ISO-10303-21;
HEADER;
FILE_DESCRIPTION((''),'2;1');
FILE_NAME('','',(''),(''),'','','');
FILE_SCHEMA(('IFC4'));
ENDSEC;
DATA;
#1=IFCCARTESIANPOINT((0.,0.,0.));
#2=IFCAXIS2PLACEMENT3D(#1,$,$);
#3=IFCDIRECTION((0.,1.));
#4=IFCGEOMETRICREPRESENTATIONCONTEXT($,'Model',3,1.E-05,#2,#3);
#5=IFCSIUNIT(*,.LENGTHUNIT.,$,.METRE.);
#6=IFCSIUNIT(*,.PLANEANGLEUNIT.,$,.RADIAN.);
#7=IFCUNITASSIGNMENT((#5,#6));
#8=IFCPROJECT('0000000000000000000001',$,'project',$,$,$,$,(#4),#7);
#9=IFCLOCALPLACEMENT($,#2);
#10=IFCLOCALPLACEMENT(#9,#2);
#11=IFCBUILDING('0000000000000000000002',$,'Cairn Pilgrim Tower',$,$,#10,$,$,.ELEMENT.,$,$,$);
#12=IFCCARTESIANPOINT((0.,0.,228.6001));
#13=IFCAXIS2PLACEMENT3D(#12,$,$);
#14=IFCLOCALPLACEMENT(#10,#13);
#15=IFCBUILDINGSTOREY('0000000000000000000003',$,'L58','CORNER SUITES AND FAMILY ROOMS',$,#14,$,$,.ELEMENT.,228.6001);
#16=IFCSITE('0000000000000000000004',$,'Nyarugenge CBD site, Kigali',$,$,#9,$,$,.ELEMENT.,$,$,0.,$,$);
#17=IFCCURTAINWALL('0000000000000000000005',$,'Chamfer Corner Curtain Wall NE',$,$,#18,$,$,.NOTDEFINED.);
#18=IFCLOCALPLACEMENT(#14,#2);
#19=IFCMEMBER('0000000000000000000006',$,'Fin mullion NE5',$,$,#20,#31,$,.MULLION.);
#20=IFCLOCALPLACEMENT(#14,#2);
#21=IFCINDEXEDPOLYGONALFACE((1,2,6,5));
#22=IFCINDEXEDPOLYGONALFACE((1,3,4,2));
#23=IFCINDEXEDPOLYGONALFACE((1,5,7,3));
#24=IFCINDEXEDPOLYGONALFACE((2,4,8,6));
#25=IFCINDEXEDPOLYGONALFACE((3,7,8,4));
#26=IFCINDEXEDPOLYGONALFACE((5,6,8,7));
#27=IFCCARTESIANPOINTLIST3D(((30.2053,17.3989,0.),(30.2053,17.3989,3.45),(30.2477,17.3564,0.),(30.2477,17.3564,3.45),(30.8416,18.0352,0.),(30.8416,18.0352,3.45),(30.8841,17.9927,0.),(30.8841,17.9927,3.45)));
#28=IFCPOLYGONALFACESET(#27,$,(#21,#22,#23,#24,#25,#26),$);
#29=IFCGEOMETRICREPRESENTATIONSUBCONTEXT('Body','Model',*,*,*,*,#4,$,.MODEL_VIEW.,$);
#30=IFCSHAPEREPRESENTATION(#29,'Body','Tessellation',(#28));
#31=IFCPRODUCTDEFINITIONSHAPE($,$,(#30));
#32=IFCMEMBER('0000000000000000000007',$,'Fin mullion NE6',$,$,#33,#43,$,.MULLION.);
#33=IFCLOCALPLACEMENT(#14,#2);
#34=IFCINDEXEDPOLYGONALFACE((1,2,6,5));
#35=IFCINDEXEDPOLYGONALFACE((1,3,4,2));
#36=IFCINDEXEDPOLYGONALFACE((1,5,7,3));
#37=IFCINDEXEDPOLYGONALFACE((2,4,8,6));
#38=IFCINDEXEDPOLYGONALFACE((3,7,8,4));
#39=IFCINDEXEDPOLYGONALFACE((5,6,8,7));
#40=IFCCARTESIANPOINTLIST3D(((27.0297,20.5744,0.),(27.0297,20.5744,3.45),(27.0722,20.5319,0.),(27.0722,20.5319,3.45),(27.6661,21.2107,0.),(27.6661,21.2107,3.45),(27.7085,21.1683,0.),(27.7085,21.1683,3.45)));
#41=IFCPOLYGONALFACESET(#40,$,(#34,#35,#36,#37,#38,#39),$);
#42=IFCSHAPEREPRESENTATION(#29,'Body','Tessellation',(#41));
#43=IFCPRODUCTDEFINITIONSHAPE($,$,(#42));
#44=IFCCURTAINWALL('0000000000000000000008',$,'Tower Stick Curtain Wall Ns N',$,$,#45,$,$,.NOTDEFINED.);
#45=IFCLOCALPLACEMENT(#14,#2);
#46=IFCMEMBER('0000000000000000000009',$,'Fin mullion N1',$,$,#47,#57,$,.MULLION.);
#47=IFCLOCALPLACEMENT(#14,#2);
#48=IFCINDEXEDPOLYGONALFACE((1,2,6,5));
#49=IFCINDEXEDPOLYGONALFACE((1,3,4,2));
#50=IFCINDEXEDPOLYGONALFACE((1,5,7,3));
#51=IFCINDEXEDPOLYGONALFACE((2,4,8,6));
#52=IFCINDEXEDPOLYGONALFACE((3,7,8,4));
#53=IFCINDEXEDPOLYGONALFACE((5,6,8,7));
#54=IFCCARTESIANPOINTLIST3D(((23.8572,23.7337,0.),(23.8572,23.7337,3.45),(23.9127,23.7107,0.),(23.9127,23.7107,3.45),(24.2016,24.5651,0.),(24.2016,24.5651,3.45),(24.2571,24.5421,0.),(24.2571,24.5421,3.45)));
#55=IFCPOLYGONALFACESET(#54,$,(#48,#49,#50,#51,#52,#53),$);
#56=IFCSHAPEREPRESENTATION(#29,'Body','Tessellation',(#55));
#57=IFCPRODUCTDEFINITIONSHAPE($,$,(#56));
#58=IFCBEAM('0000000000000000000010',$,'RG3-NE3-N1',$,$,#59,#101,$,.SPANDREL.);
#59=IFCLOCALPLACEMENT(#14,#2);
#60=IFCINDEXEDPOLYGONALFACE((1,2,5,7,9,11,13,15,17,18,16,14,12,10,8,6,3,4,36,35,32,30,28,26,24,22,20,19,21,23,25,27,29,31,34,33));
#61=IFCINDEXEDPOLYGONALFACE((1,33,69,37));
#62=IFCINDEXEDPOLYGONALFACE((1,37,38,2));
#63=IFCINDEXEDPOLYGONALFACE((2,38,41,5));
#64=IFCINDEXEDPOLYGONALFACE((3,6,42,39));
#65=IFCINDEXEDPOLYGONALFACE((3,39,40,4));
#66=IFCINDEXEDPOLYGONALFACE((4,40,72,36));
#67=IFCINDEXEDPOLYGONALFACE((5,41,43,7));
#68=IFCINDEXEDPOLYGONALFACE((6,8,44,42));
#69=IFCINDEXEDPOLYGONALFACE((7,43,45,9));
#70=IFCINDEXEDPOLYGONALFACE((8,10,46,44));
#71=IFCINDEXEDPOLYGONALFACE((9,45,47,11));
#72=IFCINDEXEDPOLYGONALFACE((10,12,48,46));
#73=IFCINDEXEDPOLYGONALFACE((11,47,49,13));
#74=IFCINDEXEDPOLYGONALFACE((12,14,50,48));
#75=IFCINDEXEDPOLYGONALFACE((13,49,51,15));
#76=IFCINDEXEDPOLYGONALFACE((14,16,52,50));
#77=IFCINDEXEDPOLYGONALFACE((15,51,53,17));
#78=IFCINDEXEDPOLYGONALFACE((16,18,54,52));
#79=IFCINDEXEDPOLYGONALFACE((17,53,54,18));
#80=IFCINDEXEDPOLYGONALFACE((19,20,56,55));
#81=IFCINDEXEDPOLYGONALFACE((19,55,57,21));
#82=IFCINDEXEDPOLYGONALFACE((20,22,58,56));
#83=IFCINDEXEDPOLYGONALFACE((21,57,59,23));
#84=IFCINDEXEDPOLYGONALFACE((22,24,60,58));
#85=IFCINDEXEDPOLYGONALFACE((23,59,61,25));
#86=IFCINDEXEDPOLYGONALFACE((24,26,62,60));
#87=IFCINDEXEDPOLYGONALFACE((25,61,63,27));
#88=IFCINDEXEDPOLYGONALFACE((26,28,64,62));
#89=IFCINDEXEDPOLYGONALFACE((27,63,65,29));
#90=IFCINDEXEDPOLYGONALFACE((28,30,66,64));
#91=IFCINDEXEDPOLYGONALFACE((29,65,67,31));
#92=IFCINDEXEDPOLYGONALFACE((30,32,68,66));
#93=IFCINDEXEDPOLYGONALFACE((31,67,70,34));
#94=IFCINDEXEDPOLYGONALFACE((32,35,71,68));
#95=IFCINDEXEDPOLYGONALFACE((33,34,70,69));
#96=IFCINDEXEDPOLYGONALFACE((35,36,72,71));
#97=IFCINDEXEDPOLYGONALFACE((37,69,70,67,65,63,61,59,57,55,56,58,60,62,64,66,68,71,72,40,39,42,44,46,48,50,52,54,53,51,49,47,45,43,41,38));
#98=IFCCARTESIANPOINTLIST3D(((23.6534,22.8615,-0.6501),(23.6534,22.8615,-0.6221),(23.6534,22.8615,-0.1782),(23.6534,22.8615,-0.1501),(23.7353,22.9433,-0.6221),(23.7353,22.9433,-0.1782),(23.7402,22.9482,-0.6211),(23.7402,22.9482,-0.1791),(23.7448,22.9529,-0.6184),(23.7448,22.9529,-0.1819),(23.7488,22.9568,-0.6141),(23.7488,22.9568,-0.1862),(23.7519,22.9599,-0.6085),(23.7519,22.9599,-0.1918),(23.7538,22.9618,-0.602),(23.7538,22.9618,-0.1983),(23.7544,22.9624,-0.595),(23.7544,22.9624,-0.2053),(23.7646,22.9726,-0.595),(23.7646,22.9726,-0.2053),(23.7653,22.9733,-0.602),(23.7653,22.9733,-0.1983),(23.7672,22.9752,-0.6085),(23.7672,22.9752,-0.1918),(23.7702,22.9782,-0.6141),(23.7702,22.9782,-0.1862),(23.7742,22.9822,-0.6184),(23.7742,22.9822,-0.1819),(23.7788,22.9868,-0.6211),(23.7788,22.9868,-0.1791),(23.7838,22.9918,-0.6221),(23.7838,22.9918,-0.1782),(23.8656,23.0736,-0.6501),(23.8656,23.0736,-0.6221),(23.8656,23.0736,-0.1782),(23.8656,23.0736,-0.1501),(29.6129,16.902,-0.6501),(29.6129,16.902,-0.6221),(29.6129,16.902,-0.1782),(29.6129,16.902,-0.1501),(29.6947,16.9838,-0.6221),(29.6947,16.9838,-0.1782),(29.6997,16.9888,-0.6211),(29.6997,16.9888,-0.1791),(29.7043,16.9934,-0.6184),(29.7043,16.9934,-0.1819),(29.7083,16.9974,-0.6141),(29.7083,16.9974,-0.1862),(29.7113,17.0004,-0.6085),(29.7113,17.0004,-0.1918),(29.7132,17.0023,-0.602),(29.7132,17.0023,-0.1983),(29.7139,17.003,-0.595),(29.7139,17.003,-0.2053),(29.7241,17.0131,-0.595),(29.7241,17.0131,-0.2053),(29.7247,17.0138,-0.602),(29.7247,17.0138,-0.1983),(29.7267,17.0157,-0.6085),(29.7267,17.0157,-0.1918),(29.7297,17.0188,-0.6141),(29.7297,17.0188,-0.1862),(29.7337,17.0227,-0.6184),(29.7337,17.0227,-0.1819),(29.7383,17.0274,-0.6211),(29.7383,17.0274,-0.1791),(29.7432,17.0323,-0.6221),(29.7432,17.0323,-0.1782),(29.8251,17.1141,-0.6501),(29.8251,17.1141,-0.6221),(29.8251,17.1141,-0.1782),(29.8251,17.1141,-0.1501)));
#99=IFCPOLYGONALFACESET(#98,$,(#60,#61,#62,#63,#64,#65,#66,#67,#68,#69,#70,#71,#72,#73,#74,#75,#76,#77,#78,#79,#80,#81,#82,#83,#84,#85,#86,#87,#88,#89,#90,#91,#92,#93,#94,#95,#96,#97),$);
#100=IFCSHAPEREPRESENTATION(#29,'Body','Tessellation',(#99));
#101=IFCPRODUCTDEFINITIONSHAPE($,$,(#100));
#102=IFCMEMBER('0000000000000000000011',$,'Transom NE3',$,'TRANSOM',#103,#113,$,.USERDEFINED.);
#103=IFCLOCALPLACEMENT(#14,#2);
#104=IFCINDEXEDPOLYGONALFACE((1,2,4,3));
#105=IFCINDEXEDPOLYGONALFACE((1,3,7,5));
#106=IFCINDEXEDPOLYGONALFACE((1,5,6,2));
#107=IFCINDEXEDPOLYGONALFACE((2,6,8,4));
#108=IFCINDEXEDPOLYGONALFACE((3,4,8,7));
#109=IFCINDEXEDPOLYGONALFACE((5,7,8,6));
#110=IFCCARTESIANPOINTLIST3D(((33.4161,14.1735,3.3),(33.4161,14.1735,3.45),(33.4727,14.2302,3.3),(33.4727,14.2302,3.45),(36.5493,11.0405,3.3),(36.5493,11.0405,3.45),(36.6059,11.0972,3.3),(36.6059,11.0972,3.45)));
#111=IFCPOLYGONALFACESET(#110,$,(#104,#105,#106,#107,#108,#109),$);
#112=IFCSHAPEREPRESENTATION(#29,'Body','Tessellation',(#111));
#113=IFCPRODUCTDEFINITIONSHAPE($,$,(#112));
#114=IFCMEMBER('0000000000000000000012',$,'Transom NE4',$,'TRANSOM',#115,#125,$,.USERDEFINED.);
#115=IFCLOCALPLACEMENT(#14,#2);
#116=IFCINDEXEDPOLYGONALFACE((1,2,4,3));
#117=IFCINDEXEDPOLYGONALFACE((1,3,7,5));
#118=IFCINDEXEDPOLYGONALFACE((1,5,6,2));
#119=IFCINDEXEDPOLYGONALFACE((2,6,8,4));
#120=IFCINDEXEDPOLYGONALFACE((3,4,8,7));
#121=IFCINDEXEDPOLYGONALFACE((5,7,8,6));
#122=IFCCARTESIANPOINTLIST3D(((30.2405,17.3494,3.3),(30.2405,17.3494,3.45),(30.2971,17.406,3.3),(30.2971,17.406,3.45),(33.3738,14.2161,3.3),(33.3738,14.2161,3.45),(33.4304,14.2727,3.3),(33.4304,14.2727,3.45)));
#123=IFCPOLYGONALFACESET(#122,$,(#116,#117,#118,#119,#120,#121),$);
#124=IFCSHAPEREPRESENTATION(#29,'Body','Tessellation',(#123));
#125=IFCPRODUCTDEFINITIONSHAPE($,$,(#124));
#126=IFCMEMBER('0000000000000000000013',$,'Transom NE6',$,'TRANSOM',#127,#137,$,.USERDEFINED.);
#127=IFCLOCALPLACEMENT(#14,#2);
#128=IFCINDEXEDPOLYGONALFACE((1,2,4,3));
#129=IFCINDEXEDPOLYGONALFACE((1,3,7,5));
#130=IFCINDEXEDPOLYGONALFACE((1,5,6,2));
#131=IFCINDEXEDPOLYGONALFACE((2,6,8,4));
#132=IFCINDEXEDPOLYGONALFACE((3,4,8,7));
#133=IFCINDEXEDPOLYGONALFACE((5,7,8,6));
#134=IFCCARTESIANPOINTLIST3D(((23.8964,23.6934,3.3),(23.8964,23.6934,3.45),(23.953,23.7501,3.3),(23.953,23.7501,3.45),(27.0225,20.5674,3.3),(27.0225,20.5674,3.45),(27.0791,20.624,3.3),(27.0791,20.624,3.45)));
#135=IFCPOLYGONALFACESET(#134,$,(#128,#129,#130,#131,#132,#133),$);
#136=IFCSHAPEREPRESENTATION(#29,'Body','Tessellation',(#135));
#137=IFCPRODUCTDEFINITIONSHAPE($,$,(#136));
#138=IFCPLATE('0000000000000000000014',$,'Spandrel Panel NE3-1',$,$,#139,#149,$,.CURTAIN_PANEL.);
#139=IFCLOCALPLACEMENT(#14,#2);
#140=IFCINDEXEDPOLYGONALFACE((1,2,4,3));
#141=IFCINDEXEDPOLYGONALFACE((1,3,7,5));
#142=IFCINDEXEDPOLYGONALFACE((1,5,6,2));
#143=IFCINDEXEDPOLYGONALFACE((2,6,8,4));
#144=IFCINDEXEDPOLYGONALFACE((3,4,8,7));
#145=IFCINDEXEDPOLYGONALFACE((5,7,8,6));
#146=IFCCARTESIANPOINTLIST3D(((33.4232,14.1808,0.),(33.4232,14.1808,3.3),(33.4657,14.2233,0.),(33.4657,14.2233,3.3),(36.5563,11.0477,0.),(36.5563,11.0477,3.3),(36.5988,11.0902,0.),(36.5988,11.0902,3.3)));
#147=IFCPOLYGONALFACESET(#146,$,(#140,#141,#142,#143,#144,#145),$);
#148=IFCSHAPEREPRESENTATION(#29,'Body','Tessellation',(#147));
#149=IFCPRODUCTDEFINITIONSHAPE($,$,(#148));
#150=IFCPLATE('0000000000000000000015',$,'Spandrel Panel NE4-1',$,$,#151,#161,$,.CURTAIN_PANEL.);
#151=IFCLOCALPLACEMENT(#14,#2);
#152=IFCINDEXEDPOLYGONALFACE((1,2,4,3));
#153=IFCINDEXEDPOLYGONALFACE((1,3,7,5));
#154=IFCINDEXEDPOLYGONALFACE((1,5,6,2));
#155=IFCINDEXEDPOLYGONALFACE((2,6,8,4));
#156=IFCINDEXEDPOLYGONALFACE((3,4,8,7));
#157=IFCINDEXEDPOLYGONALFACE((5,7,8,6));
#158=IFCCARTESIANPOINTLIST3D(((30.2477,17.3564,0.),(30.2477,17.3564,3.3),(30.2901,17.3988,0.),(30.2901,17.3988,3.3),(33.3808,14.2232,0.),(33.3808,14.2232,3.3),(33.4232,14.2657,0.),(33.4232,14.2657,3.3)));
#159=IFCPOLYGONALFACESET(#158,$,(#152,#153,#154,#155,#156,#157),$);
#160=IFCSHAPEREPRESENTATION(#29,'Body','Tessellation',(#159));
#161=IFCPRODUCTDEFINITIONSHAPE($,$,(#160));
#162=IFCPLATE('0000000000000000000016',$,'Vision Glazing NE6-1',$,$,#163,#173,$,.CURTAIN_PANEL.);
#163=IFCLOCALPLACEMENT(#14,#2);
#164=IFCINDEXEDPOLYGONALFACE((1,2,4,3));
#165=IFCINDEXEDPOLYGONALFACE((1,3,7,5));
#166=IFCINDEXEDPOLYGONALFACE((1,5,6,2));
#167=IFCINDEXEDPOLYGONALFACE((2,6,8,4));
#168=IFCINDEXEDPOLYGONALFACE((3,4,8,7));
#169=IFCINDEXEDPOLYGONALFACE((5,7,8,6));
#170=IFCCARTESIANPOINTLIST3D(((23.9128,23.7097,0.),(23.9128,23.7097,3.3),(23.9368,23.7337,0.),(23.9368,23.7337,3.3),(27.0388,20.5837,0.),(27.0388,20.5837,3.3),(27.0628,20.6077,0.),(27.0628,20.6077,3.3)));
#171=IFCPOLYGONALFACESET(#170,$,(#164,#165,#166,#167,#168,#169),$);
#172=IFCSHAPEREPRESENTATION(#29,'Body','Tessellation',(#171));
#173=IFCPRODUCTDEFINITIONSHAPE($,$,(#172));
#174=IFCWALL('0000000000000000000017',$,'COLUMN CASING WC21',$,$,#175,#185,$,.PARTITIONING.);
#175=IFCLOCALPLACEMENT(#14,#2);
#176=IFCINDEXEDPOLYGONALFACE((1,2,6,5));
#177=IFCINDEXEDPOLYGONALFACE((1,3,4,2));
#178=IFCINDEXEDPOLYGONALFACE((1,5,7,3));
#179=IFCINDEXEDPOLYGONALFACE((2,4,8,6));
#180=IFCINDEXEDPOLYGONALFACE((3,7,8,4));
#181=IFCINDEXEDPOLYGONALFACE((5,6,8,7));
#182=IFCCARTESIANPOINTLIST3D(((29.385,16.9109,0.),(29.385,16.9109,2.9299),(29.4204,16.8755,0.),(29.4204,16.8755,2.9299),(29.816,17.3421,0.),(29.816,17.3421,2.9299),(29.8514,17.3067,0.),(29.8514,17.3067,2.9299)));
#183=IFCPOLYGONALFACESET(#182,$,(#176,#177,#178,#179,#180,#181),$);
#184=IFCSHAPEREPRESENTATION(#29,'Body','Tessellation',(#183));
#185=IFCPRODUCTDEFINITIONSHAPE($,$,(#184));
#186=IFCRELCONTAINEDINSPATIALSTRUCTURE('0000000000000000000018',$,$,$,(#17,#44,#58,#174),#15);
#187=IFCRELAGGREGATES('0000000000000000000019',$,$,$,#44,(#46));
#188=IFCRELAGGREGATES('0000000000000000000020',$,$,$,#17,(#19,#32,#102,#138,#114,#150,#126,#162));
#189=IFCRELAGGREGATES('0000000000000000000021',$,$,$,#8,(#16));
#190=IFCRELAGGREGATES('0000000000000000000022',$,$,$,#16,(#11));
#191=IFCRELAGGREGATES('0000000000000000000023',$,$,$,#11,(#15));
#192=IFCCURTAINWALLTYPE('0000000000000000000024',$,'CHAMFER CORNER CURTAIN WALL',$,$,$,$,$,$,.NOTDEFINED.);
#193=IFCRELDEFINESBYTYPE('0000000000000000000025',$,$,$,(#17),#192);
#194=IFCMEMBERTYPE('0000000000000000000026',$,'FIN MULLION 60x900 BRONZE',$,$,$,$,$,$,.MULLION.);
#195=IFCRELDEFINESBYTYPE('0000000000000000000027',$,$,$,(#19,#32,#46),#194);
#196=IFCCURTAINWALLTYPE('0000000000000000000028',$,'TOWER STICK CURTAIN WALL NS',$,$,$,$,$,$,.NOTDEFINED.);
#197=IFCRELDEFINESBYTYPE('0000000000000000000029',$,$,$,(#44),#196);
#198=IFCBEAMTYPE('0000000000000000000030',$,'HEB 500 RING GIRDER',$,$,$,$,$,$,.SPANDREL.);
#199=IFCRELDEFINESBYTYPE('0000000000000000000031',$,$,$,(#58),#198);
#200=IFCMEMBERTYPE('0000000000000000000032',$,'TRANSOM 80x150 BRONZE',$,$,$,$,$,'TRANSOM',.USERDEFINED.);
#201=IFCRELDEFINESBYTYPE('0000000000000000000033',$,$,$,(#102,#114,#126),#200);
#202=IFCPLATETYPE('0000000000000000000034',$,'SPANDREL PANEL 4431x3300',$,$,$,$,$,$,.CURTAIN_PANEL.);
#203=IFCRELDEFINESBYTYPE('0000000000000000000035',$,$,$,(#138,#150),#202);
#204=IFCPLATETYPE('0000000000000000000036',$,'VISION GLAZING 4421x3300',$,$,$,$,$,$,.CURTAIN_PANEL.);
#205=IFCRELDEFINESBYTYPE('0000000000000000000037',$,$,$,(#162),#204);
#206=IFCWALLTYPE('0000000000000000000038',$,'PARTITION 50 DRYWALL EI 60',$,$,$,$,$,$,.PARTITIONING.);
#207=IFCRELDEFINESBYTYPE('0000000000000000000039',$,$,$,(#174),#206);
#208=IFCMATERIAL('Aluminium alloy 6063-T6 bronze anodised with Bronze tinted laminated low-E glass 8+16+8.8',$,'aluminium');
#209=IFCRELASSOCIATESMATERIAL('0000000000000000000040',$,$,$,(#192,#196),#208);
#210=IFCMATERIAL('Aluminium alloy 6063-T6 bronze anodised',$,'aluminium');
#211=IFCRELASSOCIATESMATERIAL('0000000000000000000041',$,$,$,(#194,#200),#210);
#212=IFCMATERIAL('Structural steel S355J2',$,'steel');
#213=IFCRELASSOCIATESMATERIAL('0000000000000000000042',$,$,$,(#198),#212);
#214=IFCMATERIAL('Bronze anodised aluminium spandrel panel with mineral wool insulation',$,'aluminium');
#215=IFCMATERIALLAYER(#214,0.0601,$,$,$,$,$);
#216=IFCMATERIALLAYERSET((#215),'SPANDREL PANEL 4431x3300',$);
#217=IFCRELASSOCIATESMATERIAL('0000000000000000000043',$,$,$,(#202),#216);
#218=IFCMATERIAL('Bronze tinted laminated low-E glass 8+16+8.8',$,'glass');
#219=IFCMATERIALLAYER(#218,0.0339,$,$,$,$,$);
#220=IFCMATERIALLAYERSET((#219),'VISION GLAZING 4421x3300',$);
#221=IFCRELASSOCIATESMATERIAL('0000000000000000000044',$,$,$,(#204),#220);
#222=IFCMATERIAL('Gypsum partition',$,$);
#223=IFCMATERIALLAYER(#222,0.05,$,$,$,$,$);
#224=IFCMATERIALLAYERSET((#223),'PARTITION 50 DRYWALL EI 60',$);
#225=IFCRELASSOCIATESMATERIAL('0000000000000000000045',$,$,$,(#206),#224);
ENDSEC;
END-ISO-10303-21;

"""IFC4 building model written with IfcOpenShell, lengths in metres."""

from ifc_helpers import new_model, si_unit, direction, frame, frame_2d, origin, origin_2d, place, context, subcontext, project, spatial, rectangle, i_section, extrude, material, layer, layer_set, material_profile, profile_set, type_object, element, aggregate, save


model = new_model("IFC4")

# Units and contexts
model_context = context("Model", 3, precision=1e-05, world=origin(), true_north=direction((0.0, 1.0)))
body_context = subcontext(model_context, "Body", "Model", "MODEL_VIEW")
ifc_project = project(units=[si_unit("LENGTHUNIT", "METRE"), si_unit("PLANEANGLEUNIT", "RADIAN")], contexts=[model_context])

# Site, building, storey
site_placement = place(None, origin())
site = spatial("IfcSite", under=ifc_project, at=site_placement, Name="Nyarugenge CBD site, Kigali", CompositionType="ELEMENT", RefElevation=0.0)
building_placement = place(site_placement, origin())
building = spatial("IfcBuilding", under=site, at=building_placement, Name="Cairn Pilgrim Tower", CompositionType="ELEMENT")
storey_placement = place(building_placement, frame((0.0, 0.0, 228.6001)))
storey = spatial("IfcBuildingStorey", under=building, at=storey_placement, Name="L58", Description="CORNER SUITES AND FAMILY ROOMS", CompositionType="ELEMENT", Elevation=228.6001)

# Shared definitions
ifc_material_1 = material(Name="Structural steel S355J2", Category="steel")

# Curtain wall, members
ifc_material_2 = material(Name="Aluminium alloy 6063-T6 bronze anodised with Bronze tinted laminated low-E glass 8+16+8.8", Category="aluminium")
curtain_wall_type_1 = type_object("IfcCurtainWallType", Name="CHAMFER CORNER CURTAIN WALL", PredefinedType="NOTDEFINED", material=ifc_material_2)
curtain_wall_1_placement = place(storey_placement, origin())
curtain_wall_1 = element("IfcCurtainWall", 1, at=curtain_wall_1_placement, inside=storey, type_object=curtain_wall_type_1, Name="Chamfer Corner Curtain Wall NE", PredefinedType="NOTDEFINED")
ifc_material_3 = material(Name="Aluminium alloy 6063-T6 bronze anodised", Category="aluminium")
ifc_material_profile_1 = material_profile(ifc_material_3, rectangle(XDim=0.8999, YDim=0.0601, at=origin_2d()), Name="FIN MULLION 60x900 BRONZE")
ifc_profile_set_1 = profile_set([ifc_material_profile_1], Name="Aluminium alloy 6063-T6 bronze anodised")
member_type_1 = type_object("IfcMemberType", Name="FIN MULLION 60x900 BRONZE", PredefinedType="MULLION", material=ifc_profile_set_1)
member_1_placement = place(storey_placement, frame((30.5447, 17.6958, 0.0), z_axis=(0.0, 0.0, 1.0), x_axis=(0.707107, 0.707107, 0.0)))
member_1 = element("IfcMember", 2, at=member_1_placement, type_object=member_type_1, Name="Fin mullion NE5", PredefinedType="MULLION", context=body_context, shape_type="SweptSolid", body=[
    extrude(rectangle(XDim=0.8999, YDim=0.0601, at=origin_2d()), origin(), (0.0, 0.0, 1.0), 3.45),
])
member_2_placement = place(storey_placement, frame((27.3691, 20.8713, 0.0), z_axis=(0.0, 0.0, 1.0), x_axis=(0.707107, 0.707107, 0.0)))
member_2 = element("IfcMember", 3, at=member_2_placement, type_object=member_type_1, Name="Fin mullion NE6", PredefinedType="MULLION", context=body_context, shape_type="SweptSolid", body=[
    extrude(rectangle(XDim=0.8999, YDim=0.0601, at=origin_2d()), origin(), (0.0, 0.0, 1.0), 3.45),
])

# Curtain wall, member
curtain_wall_type_2 = type_object("IfcCurtainWallType", Name="TOWER STICK CURTAIN WALL NS", PredefinedType="NOTDEFINED", material=ifc_material_2)
curtain_wall_2_placement = place(storey_placement, origin())
curtain_wall_2 = element("IfcCurtainWall", 4, at=curtain_wall_2_placement, inside=storey, type_object=curtain_wall_type_2, Name="Tower Stick Curtain Wall Ns N", PredefinedType="NOTDEFINED")
member_3_placement = place(storey_placement, frame((24.0571, 24.1379, 0.0), z_axis=(0.0, 0.0, 1.0), x_axis=(0.382683, 0.92388, 0.0)))
member_3 = element("IfcMember", 5, at=member_3_placement, type_object=member_type_1, Name="Fin mullion N1", PredefinedType="MULLION", context=body_context, shape_type="SweptSolid", body=[
    extrude(rectangle(XDim=0.8999, YDim=0.0601, at=origin_2d()), origin(), (0.0, 0.0, 1.0), 3.45),
])
aggregate(curtain_wall_2, [member_3])

# Beam
ifc_material_profile_2 = material_profile(ifc_material_1, i_section(OverallWidth=0.3, OverallDepth=0.5, WebThickness=0.0144, FlangeThickness=0.0281, FilletRadius=0.0271, at=origin_2d()), Name="HEB 500")
ifc_profile_set_2 = profile_set([ifc_material_profile_2], Name="Structural steel S355J2")
beam_type_1 = type_object("IfcBeamType", Name="HEB 500 RING GIRDER", PredefinedType="SPANDREL", material=ifc_profile_set_2)
beam_1_placement = place(storey_placement, frame((29.719, 17.0081, -0.4001), z_axis=(-0.707107, 0.707107, 0.0), x_axis=(-0.707107, -0.707107, 0.0)))
element("IfcBeam", 6, at=beam_1_placement, inside=storey, type_object=beam_type_1, Name="RG3-NE3-N1", PredefinedType="SPANDREL", context=body_context, shape_type="SweptSolid", body=[
    extrude(i_section(OverallWidth=0.3, OverallDepth=0.5, WebThickness=0.0144, FlangeThickness=0.0281, FilletRadius=0.0271, at=origin_2d()), origin(), (0.0, 0.0, 1.0), 8.428),
])

# Members
ifc_material_profile_3 = material_profile(ifc_material_3, rectangle(XDim=0.0801, YDim=0.1499, at=origin_2d()), Name="TRANSOM 80x150 BRONZE")
ifc_profile_set_3 = profile_set([ifc_material_profile_3], Name="Aluminium alloy 6063-T6 bronze anodised")
member_type_2 = type_object("IfcMemberType", Name="TRANSOM 80x150 BRONZE", ElementType="TRANSOM", PredefinedType="USERDEFINED", material=ifc_profile_set_3)
member_4_placement = place(storey_placement, frame((36.5776, 11.0688, 3.375), z_axis=(-0.707134, 0.707079, 0.0), x_axis=(-0.707079, -0.707134, 0.0)))
member_4 = element("IfcMember", 7, at=member_4_placement, type_object=member_type_2, Name="Transom NE3", ObjectType="TRANSOM", PredefinedType="USERDEFINED", context=body_context, shape_type="SweptSolid", body=[
    extrude(rectangle(XDim=0.0801, YDim=0.1499, at=origin_2d()), origin(), (0.0, 0.0, 1.0), 4.4309),
])
member_5_placement = place(storey_placement, frame((33.4021, 14.2444, 3.375), z_axis=(-0.707107, 0.707107, 0.0), x_axis=(-0.707107, -0.707107, 0.0)))
member_5 = element("IfcMember", 8, at=member_5_placement, type_object=member_type_2, Name="Transom NE4", ObjectType="TRANSOM", PredefinedType="USERDEFINED", context=body_context, shape_type="SweptSolid", body=[
    extrude(rectangle(XDim=0.0801, YDim=0.1499, at=origin_2d()), origin(), (0.0, 0.0, 1.0), 4.4312),
])
member_6_placement = place(storey_placement, frame((27.0508, 20.5957, 3.375), z_axis=(-0.707107, 0.707107, 0.0), x_axis=(-0.707107, -0.707107, 0.0)))
member_6 = element("IfcMember", 9, at=member_6_placement, type_object=member_type_2, Name="Transom NE6", ObjectType="TRANSOM", PredefinedType="USERDEFINED", context=body_context, shape_type="SweptSolid", body=[
    extrude(rectangle(XDim=0.0801, YDim=0.1499, at=origin_2d()), origin(), (0.0, 0.0, 1.0), 4.4209),
])

# Plates
ifc_material_4 = material(Name="Bronze anodised aluminium spandrel panel with mineral wool insulation", Category="aluminium")
ifc_layer_1 = layer(ifc_material_4, 0.0601)
ifc_layer_set_1 = layer_set([ifc_layer_1], Name="SPANDREL PANEL 4431x3300")
plate_type_1 = type_object("IfcPlateType", Name="SPANDREL PANEL 4431x3300", PredefinedType="CURTAIN_PANEL", material=ifc_layer_set_1)
plate_1_placement = place(storey_placement, frame((35.011, 12.6355, 0.0), z_axis=(0.0, 0.0, 1.0), x_axis=(-0.707107, 0.707107, 0.0)))
plate_1 = element("IfcPlate", 10, at=plate_1_placement, type_object=plate_type_1, Name="Spandrel Panel NE3-1", PredefinedType="CURTAIN_PANEL", context=body_context, shape_type="SweptSolid", body=[
    extrude(rectangle(XDim=4.4309, YDim=0.0601, at=origin_2d()), origin(), (0.0, 0.0, 1.0), 3.3),
])
plate_2_placement = place(storey_placement, frame((31.8354, 15.811, 0.0), z_axis=(0.0, 0.0, 1.0), x_axis=(-0.707107, 0.707107, 0.0)))
plate_2 = element("IfcPlate", 11, at=plate_2_placement, type_object=plate_type_1, Name="Spandrel Panel NE4-1", PredefinedType="CURTAIN_PANEL", context=body_context, shape_type="SweptSolid", body=[
    extrude(rectangle(XDim=4.4309, YDim=0.0601, at=origin_2d()), origin(), (0.0, 0.0, 1.0), 3.3),
])
ifc_material_5 = material(Name="Bronze tinted laminated low-E glass 8+16+8.8", Category="glass")
ifc_layer_2 = layer(ifc_material_5, 0.0339)
ifc_layer_set_2 = layer_set([ifc_layer_2], Name="VISION GLAZING 4421x3300")
plate_type_2 = type_object("IfcPlateType", Name="VISION GLAZING 4421x3300", PredefinedType="CURTAIN_PANEL", material=ifc_layer_set_2)
plate_3_placement = place(storey_placement, frame((25.4878, 22.1587, 0.0), z_axis=(0.0, 0.0, 1.0), x_axis=(-0.707107, 0.707107, 0.0)))
plate_3 = element("IfcPlate", 12, at=plate_3_placement, type_object=plate_type_2, Name="Vision Glazing NE6-1", PredefinedType="CURTAIN_PANEL", context=body_context, shape_type="SweptSolid", body=[
    extrude(rectangle(XDim=4.4209, YDim=0.0339, at=origin_2d()), origin(), (0.0, 0.0, 1.0), 3.3),
])
aggregate(curtain_wall_1, [member_1, member_2, member_4, plate_1, member_5, plate_2, member_6, plate_3])

# Wall
ifc_material_6 = material(Name="Gypsum partition")
ifc_layer_3 = layer(ifc_material_6, 0.05)
ifc_layer_set_3 = layer_set([ifc_layer_3], Name="PARTITION 50 DRYWALL EI 60")
wall_type_1 = type_object("IfcWallType", Name="PARTITION 50 DRYWALL EI 60", PredefinedType="PARTITIONING", material=ifc_layer_set_3)
wall_1_placement = place(storey_placement, frame((29.4028, 16.8933, 0.0), z_axis=(0.0, 0.0, 1.0), x_axis=(0.706906, 0.707307, 0.0)))
element("IfcWall", 13, at=wall_1_placement, inside=storey, type_object=wall_type_1, Name="COLUMN CASING WC21", PredefinedType="PARTITIONING", context=body_context, shape_type="SweptSolid", body=[
    extrude(rectangle(XDim=0.6096, YDim=0.05, at=frame_2d((0.3047, 0.0))), origin(), (0.0, 0.0, 1.0), 2.9299),
])

save(model, "model.ifc")
